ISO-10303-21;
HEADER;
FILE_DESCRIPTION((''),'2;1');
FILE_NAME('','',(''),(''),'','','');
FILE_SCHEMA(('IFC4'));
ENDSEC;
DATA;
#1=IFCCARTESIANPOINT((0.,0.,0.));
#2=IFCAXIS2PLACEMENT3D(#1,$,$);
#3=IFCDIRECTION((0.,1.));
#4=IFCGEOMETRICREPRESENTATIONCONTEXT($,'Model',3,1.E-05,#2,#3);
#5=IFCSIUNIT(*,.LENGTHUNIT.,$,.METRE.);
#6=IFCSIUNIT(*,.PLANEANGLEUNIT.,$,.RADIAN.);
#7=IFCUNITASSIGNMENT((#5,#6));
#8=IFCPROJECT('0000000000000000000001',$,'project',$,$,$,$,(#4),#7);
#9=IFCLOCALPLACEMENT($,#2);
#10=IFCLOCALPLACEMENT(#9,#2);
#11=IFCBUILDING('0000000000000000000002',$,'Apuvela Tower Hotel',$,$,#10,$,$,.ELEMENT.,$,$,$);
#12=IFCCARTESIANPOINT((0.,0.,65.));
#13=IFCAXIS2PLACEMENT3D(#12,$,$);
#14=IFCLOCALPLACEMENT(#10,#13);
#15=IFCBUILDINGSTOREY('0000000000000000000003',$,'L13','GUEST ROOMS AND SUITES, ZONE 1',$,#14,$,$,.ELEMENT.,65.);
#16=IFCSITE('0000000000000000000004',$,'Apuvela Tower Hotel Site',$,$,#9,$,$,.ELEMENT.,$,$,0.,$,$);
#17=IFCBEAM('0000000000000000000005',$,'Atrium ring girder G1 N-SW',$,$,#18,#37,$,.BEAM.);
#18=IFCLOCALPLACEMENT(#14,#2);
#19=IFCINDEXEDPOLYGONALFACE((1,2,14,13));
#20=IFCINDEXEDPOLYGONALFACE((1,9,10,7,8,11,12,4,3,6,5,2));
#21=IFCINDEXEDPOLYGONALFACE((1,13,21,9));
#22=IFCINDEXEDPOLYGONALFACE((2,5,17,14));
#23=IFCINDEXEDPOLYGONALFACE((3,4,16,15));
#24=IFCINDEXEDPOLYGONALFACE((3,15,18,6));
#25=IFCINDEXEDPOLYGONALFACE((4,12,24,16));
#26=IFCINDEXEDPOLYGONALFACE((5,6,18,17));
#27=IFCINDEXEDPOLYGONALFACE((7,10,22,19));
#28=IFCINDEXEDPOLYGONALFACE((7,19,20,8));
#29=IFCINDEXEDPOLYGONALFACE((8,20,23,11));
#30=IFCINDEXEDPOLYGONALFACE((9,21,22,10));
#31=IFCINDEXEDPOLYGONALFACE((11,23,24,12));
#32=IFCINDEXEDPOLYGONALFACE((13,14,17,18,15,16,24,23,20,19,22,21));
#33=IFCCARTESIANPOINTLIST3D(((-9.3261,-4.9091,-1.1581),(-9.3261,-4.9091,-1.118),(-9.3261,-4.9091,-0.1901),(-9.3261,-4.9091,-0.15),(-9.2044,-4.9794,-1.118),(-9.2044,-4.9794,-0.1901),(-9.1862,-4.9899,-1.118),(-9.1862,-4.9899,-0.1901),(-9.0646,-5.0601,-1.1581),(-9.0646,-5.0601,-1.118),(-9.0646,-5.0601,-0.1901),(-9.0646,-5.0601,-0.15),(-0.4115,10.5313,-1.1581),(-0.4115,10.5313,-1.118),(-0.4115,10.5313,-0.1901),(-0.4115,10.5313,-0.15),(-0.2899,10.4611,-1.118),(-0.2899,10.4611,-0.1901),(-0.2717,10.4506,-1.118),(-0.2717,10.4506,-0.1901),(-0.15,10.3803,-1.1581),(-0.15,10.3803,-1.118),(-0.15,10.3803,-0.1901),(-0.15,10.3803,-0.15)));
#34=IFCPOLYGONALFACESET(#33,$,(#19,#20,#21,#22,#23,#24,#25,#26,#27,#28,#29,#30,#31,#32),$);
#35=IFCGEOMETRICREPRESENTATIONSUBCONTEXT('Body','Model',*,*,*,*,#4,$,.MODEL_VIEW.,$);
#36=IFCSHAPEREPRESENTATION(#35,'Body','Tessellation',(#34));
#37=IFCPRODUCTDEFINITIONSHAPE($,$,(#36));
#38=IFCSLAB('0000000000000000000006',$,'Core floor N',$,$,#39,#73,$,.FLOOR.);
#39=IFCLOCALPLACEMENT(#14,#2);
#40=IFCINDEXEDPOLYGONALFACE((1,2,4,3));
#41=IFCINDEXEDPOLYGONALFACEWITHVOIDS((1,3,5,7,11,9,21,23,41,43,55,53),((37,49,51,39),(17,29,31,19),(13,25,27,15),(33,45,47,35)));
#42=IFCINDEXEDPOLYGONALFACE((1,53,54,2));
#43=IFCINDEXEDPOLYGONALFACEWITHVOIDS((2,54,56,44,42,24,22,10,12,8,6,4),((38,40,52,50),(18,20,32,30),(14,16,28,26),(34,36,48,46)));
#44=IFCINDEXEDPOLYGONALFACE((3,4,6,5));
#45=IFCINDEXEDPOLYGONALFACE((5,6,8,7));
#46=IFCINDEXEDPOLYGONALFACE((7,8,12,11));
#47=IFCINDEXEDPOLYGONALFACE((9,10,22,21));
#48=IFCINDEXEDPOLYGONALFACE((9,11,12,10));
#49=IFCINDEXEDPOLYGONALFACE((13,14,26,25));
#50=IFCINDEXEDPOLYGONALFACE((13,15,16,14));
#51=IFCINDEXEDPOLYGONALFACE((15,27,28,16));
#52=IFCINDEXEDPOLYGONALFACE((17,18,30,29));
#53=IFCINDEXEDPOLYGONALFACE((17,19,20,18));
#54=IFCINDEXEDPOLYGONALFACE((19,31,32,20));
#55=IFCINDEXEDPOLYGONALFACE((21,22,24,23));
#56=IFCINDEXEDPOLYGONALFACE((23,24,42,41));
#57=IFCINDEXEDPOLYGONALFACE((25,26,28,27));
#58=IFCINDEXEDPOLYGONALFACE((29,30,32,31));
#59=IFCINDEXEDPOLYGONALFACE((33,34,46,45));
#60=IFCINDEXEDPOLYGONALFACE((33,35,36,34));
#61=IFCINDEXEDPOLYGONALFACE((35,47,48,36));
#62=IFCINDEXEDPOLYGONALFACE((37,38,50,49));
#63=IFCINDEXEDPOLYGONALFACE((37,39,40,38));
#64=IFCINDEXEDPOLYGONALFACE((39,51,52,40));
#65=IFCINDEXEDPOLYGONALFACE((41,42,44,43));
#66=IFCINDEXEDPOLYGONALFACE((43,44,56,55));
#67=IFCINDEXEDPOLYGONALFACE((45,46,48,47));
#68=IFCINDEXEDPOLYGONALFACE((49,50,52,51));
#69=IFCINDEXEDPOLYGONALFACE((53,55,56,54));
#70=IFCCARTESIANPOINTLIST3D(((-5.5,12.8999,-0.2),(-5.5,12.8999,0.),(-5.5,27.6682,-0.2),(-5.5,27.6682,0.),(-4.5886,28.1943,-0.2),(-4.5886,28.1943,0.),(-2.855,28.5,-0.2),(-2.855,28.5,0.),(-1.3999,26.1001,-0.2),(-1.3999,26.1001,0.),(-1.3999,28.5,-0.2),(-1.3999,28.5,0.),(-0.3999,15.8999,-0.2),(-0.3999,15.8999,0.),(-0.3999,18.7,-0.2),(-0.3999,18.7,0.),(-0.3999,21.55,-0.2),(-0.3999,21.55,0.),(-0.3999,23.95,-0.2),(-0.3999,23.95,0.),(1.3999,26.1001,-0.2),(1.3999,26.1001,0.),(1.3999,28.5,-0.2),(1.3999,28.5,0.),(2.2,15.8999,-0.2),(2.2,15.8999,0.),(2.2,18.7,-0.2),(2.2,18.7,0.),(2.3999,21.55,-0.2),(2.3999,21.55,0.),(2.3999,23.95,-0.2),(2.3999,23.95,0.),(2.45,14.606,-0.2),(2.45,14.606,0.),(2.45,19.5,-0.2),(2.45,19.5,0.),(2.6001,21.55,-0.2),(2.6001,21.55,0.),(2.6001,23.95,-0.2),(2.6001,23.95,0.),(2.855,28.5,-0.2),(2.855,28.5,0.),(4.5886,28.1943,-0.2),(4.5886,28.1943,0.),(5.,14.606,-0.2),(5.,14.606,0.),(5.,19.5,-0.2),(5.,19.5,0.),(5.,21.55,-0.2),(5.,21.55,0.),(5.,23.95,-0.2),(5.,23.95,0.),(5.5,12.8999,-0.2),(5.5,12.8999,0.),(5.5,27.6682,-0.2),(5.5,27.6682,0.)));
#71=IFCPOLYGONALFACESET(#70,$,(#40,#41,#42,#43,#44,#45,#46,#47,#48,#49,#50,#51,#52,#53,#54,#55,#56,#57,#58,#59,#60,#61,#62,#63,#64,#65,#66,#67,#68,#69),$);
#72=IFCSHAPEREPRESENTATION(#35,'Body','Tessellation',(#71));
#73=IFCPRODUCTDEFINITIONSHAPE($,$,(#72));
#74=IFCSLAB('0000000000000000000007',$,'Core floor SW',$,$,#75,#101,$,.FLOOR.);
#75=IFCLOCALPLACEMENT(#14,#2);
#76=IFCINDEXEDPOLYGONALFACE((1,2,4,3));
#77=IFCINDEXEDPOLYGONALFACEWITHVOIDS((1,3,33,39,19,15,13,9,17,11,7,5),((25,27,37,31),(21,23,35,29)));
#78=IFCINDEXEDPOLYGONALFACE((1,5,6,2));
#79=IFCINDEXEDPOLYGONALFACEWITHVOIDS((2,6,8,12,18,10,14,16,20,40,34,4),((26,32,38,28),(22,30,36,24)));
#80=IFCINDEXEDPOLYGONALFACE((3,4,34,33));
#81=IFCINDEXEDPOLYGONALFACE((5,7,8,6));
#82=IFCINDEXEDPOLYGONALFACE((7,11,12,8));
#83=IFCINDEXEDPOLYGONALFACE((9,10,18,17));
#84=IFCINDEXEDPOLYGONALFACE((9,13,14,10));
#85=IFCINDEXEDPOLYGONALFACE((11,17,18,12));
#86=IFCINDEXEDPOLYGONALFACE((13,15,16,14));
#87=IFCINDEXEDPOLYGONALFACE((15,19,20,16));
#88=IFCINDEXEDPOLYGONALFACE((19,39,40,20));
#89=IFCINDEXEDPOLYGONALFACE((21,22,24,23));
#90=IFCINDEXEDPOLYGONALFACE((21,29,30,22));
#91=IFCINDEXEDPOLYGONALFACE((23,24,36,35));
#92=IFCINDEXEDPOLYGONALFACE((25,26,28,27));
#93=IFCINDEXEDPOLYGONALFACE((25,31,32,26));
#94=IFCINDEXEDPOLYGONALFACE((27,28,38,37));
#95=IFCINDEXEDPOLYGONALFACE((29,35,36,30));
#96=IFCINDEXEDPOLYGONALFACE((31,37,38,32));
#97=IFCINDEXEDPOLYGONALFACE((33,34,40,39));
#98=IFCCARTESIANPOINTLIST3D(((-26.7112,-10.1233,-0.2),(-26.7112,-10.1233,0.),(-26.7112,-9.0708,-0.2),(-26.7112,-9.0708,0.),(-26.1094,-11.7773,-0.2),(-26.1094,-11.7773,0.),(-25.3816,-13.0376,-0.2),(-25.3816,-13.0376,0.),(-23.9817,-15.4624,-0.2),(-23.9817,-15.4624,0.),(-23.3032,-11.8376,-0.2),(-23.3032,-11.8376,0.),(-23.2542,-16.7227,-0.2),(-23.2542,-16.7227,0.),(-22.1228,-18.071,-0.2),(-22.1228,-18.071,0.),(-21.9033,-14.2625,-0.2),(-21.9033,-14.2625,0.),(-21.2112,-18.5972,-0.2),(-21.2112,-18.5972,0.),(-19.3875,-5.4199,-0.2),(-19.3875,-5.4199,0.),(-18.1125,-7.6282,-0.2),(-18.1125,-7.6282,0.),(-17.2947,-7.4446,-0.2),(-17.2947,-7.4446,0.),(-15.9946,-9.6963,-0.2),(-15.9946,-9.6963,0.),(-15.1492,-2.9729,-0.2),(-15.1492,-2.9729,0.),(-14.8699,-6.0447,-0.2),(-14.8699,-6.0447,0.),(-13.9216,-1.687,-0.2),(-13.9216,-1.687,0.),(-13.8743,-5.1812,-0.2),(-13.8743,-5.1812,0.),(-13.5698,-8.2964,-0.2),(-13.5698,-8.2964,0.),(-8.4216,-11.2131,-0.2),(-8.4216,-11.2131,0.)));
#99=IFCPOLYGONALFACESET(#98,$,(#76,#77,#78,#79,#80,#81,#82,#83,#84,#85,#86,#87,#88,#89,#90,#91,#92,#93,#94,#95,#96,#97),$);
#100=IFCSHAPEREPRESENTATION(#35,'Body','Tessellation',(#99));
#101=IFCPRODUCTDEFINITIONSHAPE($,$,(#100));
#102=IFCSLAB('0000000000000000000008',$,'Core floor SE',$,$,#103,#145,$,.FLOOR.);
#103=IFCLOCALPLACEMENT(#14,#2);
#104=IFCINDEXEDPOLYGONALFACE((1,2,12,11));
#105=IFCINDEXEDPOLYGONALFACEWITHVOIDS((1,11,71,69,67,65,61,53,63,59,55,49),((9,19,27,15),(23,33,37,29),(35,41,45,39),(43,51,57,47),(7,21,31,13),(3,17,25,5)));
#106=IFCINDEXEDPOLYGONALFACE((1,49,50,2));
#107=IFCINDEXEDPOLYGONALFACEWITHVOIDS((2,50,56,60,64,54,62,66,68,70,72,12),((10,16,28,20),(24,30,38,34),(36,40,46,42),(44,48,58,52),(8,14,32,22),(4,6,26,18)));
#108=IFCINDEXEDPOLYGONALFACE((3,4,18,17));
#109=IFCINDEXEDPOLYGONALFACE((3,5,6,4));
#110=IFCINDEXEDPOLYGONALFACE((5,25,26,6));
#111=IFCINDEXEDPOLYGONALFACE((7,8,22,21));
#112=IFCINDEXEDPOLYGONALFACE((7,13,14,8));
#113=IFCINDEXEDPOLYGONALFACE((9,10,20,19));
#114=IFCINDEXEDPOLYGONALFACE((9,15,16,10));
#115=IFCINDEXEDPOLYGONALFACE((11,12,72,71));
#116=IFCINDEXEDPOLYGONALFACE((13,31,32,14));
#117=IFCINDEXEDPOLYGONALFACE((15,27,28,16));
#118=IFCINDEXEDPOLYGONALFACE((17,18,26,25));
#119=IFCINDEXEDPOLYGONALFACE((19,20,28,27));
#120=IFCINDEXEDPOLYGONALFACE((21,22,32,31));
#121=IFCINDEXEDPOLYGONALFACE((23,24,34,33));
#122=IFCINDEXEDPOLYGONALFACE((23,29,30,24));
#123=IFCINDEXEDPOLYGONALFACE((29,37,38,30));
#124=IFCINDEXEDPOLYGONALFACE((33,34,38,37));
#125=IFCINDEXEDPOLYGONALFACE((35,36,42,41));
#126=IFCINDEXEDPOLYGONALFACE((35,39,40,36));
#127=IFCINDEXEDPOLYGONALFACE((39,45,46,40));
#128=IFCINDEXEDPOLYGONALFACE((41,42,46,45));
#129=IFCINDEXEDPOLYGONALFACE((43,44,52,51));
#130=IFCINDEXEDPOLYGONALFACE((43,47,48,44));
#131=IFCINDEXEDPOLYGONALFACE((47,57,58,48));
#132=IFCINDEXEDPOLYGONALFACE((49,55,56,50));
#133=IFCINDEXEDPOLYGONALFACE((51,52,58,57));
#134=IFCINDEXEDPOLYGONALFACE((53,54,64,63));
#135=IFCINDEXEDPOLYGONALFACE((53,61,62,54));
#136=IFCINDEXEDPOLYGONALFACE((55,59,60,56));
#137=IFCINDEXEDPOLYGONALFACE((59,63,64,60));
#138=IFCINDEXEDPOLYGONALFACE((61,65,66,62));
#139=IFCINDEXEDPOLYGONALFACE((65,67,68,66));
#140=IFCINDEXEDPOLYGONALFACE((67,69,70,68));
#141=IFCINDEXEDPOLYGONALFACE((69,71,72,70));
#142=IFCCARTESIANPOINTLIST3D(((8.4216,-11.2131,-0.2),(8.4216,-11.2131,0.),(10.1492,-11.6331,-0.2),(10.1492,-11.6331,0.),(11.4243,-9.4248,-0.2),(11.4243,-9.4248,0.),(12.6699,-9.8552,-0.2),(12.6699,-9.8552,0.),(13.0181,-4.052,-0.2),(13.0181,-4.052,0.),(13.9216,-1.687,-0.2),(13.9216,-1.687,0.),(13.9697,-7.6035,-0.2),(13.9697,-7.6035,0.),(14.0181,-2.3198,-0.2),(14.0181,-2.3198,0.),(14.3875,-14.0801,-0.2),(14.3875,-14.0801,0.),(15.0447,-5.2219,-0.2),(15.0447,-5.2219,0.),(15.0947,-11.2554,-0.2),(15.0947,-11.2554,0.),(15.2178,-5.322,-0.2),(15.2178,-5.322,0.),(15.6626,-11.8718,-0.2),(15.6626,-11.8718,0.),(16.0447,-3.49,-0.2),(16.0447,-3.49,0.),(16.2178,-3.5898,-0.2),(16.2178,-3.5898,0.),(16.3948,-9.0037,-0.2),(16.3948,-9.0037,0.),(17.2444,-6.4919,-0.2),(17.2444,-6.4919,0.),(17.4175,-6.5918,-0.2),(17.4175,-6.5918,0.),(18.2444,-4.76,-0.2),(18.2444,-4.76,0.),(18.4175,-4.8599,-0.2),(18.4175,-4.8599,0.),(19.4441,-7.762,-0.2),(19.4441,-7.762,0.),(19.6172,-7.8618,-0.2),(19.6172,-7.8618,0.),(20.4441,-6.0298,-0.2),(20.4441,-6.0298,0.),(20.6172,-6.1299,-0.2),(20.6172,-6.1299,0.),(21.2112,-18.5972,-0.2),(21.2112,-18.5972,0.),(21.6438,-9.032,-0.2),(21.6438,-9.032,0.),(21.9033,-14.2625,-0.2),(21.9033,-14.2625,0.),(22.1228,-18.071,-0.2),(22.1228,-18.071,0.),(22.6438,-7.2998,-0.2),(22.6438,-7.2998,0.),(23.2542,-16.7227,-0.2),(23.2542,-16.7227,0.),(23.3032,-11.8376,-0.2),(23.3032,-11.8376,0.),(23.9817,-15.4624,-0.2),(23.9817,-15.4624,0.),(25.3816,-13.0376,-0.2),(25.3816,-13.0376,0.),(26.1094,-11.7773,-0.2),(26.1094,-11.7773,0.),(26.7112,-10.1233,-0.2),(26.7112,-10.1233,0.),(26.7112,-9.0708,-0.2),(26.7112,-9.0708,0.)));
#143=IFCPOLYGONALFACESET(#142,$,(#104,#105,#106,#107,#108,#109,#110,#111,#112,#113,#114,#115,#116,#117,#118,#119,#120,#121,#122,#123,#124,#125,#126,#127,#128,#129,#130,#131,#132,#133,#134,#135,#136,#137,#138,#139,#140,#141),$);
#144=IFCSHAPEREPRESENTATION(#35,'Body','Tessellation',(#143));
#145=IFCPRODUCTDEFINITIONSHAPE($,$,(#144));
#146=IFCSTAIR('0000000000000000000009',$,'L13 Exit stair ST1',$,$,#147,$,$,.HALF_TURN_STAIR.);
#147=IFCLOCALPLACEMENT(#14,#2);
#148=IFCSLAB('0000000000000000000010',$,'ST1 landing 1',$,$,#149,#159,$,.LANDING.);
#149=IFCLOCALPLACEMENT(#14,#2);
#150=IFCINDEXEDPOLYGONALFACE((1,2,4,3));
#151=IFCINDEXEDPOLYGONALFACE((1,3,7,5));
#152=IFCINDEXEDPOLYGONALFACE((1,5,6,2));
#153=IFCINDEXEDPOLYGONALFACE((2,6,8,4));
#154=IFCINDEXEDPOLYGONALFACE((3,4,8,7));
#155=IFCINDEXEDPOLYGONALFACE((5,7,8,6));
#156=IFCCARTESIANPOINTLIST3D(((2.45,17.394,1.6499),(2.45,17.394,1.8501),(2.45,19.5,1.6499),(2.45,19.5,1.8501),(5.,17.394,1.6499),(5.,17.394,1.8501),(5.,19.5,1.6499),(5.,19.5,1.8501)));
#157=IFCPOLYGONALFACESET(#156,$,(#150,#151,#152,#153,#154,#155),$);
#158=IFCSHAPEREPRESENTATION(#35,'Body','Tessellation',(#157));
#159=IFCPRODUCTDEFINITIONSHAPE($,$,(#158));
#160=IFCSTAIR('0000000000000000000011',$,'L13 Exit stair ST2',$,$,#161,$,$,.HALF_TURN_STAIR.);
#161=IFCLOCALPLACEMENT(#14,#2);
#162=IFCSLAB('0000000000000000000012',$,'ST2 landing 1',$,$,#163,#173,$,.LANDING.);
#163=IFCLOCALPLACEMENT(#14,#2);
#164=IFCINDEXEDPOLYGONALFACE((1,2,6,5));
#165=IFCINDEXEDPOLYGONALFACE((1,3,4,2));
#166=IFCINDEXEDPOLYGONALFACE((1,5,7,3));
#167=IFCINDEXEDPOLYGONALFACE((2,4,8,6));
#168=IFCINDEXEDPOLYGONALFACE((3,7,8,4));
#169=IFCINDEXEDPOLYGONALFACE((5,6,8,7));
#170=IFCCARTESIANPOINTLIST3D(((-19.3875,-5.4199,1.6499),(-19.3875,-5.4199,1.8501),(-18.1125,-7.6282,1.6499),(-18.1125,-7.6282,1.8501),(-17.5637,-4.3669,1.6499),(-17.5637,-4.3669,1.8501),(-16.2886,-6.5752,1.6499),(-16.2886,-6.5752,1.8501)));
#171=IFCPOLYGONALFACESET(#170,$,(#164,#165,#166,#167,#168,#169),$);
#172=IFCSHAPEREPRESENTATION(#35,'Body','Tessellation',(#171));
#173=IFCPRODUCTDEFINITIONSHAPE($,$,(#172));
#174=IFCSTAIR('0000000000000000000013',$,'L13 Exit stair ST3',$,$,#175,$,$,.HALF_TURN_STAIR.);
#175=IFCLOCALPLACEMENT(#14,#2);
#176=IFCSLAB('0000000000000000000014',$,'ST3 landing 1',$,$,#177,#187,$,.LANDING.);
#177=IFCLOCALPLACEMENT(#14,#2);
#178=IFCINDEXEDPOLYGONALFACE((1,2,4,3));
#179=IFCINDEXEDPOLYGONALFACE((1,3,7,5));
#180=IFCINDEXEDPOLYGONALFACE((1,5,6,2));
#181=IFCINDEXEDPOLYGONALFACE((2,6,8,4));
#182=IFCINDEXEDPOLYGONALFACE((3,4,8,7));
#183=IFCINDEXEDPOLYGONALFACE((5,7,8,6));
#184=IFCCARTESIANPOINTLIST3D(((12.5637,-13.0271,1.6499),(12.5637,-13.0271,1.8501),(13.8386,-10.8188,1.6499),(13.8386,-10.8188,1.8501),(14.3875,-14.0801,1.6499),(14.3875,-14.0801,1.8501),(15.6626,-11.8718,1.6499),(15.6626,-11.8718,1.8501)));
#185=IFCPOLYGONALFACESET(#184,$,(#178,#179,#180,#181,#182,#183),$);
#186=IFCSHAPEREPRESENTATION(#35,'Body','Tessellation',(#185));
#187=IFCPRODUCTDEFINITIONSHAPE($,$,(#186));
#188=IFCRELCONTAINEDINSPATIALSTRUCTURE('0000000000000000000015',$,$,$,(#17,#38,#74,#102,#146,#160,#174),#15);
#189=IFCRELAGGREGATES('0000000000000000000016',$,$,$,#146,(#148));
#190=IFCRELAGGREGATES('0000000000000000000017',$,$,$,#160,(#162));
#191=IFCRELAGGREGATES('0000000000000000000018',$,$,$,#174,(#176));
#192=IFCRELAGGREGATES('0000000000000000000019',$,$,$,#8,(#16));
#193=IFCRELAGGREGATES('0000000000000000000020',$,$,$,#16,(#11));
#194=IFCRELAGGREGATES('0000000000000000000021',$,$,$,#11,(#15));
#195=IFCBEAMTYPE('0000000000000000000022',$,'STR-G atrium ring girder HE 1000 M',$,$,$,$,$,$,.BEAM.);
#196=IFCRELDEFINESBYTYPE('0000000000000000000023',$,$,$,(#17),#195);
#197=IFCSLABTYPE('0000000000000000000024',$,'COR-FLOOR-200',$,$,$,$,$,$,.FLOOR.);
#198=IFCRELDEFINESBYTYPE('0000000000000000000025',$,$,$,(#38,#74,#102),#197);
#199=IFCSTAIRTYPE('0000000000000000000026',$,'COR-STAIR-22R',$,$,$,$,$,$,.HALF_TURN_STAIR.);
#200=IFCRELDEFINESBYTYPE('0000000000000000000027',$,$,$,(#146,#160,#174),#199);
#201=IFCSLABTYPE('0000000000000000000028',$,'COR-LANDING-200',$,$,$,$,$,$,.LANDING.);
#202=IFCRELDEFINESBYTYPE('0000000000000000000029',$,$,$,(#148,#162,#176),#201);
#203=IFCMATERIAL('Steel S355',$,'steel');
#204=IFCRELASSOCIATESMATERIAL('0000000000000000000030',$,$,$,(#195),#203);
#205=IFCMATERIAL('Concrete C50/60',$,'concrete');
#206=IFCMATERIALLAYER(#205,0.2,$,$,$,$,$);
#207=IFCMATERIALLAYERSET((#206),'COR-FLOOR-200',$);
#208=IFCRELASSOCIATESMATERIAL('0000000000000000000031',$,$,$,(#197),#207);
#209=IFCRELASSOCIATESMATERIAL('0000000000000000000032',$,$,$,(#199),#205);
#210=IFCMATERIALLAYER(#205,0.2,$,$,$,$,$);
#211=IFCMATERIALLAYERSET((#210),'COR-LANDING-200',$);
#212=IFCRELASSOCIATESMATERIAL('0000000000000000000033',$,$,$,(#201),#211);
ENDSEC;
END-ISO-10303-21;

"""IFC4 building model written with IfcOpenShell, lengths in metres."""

from ifc_helpers import new_model, si_unit, direction, frame, origin, origin_2d, place, context, subcontext, project, spatial, polyline, i_section, outline, extrude, material, layer, layer_set, material_profile, profile_set, type_object, element, aggregate, save


model = new_model("IFC4")

# Units and contexts
model_context = context("Model", 3, precision=1e-05, world=origin(), true_north=direction((0.0, 1.0)))
body_context = subcontext(model_context, "Body", "Model", "MODEL_VIEW")
ifc_project = project(units=[si_unit("LENGTHUNIT", "METRE"), si_unit("PLANEANGLEUNIT", "RADIAN")], contexts=[model_context])

# Site, building, storey
site_placement = place(None, origin())
site = spatial("IfcSite", under=ifc_project, at=site_placement, Name="Apuvela Tower Hotel Site", CompositionType="ELEMENT", RefElevation=0.0)
building_placement = place(site_placement, origin())
building = spatial("IfcBuilding", under=site, at=building_placement, Name="Apuvela Tower Hotel", CompositionType="ELEMENT")
storey_placement = place(building_placement, frame((0.0, 0.0, 65.0)))
storey = spatial("IfcBuildingStorey", under=building, at=storey_placement, Name="L13", Description="GUEST ROOMS AND SUITES, ZONE 1", CompositionType="ELEMENT", Elevation=65.0)

# Beam
ifc_material_1 = material(Name="Steel S355", Category="steel")
ifc_material_profile = material_profile(ifc_material_1, i_section(OverallWidth=0.302, OverallDepth=1.0081, WebThickness=0.021, FlangeThickness=0.04, at=origin_2d()), Name="HE 1000 M")
ifc_profile_set = profile_set([ifc_material_profile], Name="Steel S355")
beam_type = type_object("IfcBeamType", Name="STR-G atrium ring girder HE 1000 M", PredefinedType="BEAM", material=ifc_profile_set)
beam_placement = place(storey_placement, frame((-0.2808, 10.4558, -0.6541), z_axis=(-0.500001, -0.866025, 0.0), x_axis=(0.866025, -0.500001, 0.0)))
element("IfcBeam", 1, at=beam_placement, inside=storey, type_object=beam_type, Name="Atrium ring girder G1 N-SW", PredefinedType="BEAM", context=body_context, shape_type="SweptSolid", body=[
    extrude(i_section(OverallWidth=0.302, OverallDepth=1.0081, WebThickness=0.021, FlangeThickness=0.04, at=origin_2d()), origin(), (0.0, 0.0, 1.0), 17.8291),
])

# Slabs
ifc_material_2 = material(Name="Concrete C50/60", Category="concrete")
ifc_layer_1 = layer(ifc_material_2, 0.2)
ifc_layer_set_1 = layer_set([ifc_layer_1], Name="COR-FLOOR-200")
slab_type_1 = type_object("IfcSlabType", Name="COR-FLOOR-200", PredefinedType="FLOOR", material=ifc_layer_set_1)
slab_1_placement = place(storey_placement, frame((0.0, 0.0, -0.2)))
element("IfcSlab", 2, at=slab_1_placement, inside=storey, type_object=slab_type_1, Name="Core floor N", PredefinedType="FLOOR", context=body_context, shape_type="SweptSolid", body=[
    extrude(outline(polyline([(5.5, 27.6682), (4.5886, 28.1943), (2.855, 28.5), (1.3999, 28.5), (1.3999, 26.1001), (-1.3999, 26.1001), (-1.3999, 28.5), (-2.855, 28.5), (-4.5886, 28.1943), (-5.5, 27.6682), (-5.5, 12.8999), (5.5, 12.8999), (5.5, 27.6682)]), holes=[polyline([(5.0, 14.606), (2.45, 14.606), (2.45, 19.5), (5.0, 19.5), (5.0, 14.606)]), polyline([(2.2, 15.8999), (-0.3999, 15.8999), (-0.3999, 18.7), (2.2, 18.7), (2.2, 15.8999)]), polyline([(5.0, 21.55), (2.6001, 21.55), (2.6001, 23.95), (5.0, 23.95), (5.0, 21.55)]), polyline([(2.3999, 21.55), (-0.3999, 21.55), (-0.3999, 23.95), (2.3999, 23.95), (2.3999, 21.55)])]), origin(), (0.0, 0.0, 1.0), 0.2),
])
slab_2_placement = place(storey_placement, frame((0.0, 0.0, -0.2)))
element("IfcSlab", 3, at=slab_2_placement, inside=storey, type_object=slab_type_1, Name="Core floor SW", PredefinedType="FLOOR", context=body_context, shape_type="SweptSolid", body=[
    extrude(outline(polyline([(-26.7112, -9.0708), (-26.7112, -10.1233), (-26.1094, -11.7773), (-25.3816, -13.0376), (-23.3032, -11.8376), (-21.9033, -14.2625), (-23.9817, -15.4624), (-23.2542, -16.7227), (-22.1228, -18.071), (-21.2112, -18.5972), (-8.4216, -11.2131), (-13.9216, -1.687), (-26.7112, -9.0708)]), holes=[polyline([(-13.8743, -5.1812), (-18.1125, -7.6282), (-19.3875, -5.4199), (-15.1492, -2.9729), (-13.8743, -5.1812)]), polyline([(-13.5698, -8.2964), (-15.9946, -9.6963), (-17.2947, -7.4446), (-14.8699, -6.0447), (-13.5698, -8.2964)])]), origin(), (0.0, 0.0, 1.0), 0.2),
])
slab_3_placement = place(storey_placement, frame((0.0, 0.0, -0.2)))
element("IfcSlab", 4, at=slab_3_placement, inside=storey, type_object=slab_type_1, Name="Core floor SE", PredefinedType="FLOOR", context=body_context, shape_type="SweptSolid", body=[
    extrude(outline(polyline([(21.2112, -18.5972), (22.1228, -18.071), (23.2542, -16.7227), (23.9817, -15.4624), (21.9033, -14.2625), (23.3032, -11.8376), (25.3816, -13.0376), (26.1094, -11.7773), (26.7112, -10.1233), (26.7112, -9.0708), (13.9216, -1.687), (8.4216, -11.2131), (21.2112, -18.5972)]), holes=[polyline([(13.0181, -4.052), (14.0181, -2.3198), (16.0447, -3.49), (15.0447, -5.2219), (13.0181, -4.052)]), polyline([(17.2444, -6.4919), (15.2178, -5.322), (16.2178, -3.5898), (18.2444, -4.76), (17.2444, -6.4919)]), polyline([(14.3875, -14.0801), (10.1492, -11.6331), (11.4243, -9.4248), (15.6626, -11.8718), (14.3875, -14.0801)]), polyline([(12.6699, -9.8552), (13.9697, -7.6035), (16.3948, -9.0037), (15.0947, -11.2554), (12.6699, -9.8552)]), polyline([(19.4441, -7.762), (17.4175, -6.5918), (18.4175, -4.8599), (20.4441, -6.0298), (19.4441, -7.762)]), polyline([(21.6438, -9.032), (19.6172, -7.8618), (20.6172, -6.1299), (22.6438, -7.2998), (21.6438, -9.032)])]), origin(), (0.0, 0.0, 1.0), 0.2),
])

# Stairs, slabs
stair_type = type_object("IfcStairType", Name="COR-STAIR-22R", PredefinedType="HALF_TURN_STAIR", material=ifc_material_2)
stair_1_placement = place(storey_placement, origin())
stair_1 = element("IfcStair", 5, at=stair_1_placement, inside=storey, type_object=stair_type, Name="L13 Exit stair ST1", PredefinedType="HALF_TURN_STAIR")
ifc_layer_2 = layer(ifc_material_2, 0.2)
ifc_layer_set_2 = layer_set([ifc_layer_2], Name="COR-LANDING-200")
slab_type_2 = type_object("IfcSlabType", Name="COR-LANDING-200", PredefinedType="LANDING", material=ifc_layer_set_2)
slab_4_placement = place(storey_placement, frame((0.0, 0.0, 1.6499)))
slab_4 = element("IfcSlab", 6, at=slab_4_placement, type_object=slab_type_2, Name="ST1 landing 1", PredefinedType="LANDING", context=body_context, shape_type="SweptSolid", body=[
    extrude(outline(polyline([(5.0, 17.394), (5.0, 19.5), (2.45, 19.5), (2.45, 17.394), (5.0, 17.394)])), origin(), (0.0, 0.0, 1.0), 0.2002),
])
aggregate(stair_1, [slab_4])
stair_2_placement = place(storey_placement, origin())
stair_2 = element("IfcStair", 7, at=stair_2_placement, inside=storey, type_object=stair_type, Name="L13 Exit stair ST2", PredefinedType="HALF_TURN_STAIR")
slab_5_placement = place(storey_placement, frame((0.0, 0.0, 1.6499)))
slab_5 = element("IfcSlab", 8, at=slab_5_placement, type_object=slab_type_2, Name="ST2 landing 1", PredefinedType="LANDING", context=body_context, shape_type="SweptSolid", body=[
    extrude(outline(polyline([(-17.5637, -4.3669), (-19.3875, -5.4199), (-18.1125, -7.6282), (-16.2886, -6.5752), (-17.5637, -4.3669)])), origin(), (0.0, 0.0, 1.0), 0.2002),
])
aggregate(stair_2, [slab_5])
stair_3_placement = place(storey_placement, origin())
stair_3 = element("IfcStair", 9, at=stair_3_placement, inside=storey, type_object=stair_type, Name="L13 Exit stair ST3", PredefinedType="HALF_TURN_STAIR")
slab_6_placement = place(storey_placement, frame((0.0, 0.0, 1.6499)))
slab_6 = element("IfcSlab", 10, at=slab_6_placement, type_object=slab_type_2, Name="ST3 landing 1", PredefinedType="LANDING", context=body_context, shape_type="SweptSolid", body=[
    extrude(outline(polyline([(12.5637, -13.0271), (14.3875, -14.0801), (15.6626, -11.8718), (13.8386, -10.8188), (12.5637, -13.0271)])), origin(), (0.0, 0.0, 1.0), 0.2002),
])
aggregate(stair_3, [slab_6])

save(model, "model.ifc")
